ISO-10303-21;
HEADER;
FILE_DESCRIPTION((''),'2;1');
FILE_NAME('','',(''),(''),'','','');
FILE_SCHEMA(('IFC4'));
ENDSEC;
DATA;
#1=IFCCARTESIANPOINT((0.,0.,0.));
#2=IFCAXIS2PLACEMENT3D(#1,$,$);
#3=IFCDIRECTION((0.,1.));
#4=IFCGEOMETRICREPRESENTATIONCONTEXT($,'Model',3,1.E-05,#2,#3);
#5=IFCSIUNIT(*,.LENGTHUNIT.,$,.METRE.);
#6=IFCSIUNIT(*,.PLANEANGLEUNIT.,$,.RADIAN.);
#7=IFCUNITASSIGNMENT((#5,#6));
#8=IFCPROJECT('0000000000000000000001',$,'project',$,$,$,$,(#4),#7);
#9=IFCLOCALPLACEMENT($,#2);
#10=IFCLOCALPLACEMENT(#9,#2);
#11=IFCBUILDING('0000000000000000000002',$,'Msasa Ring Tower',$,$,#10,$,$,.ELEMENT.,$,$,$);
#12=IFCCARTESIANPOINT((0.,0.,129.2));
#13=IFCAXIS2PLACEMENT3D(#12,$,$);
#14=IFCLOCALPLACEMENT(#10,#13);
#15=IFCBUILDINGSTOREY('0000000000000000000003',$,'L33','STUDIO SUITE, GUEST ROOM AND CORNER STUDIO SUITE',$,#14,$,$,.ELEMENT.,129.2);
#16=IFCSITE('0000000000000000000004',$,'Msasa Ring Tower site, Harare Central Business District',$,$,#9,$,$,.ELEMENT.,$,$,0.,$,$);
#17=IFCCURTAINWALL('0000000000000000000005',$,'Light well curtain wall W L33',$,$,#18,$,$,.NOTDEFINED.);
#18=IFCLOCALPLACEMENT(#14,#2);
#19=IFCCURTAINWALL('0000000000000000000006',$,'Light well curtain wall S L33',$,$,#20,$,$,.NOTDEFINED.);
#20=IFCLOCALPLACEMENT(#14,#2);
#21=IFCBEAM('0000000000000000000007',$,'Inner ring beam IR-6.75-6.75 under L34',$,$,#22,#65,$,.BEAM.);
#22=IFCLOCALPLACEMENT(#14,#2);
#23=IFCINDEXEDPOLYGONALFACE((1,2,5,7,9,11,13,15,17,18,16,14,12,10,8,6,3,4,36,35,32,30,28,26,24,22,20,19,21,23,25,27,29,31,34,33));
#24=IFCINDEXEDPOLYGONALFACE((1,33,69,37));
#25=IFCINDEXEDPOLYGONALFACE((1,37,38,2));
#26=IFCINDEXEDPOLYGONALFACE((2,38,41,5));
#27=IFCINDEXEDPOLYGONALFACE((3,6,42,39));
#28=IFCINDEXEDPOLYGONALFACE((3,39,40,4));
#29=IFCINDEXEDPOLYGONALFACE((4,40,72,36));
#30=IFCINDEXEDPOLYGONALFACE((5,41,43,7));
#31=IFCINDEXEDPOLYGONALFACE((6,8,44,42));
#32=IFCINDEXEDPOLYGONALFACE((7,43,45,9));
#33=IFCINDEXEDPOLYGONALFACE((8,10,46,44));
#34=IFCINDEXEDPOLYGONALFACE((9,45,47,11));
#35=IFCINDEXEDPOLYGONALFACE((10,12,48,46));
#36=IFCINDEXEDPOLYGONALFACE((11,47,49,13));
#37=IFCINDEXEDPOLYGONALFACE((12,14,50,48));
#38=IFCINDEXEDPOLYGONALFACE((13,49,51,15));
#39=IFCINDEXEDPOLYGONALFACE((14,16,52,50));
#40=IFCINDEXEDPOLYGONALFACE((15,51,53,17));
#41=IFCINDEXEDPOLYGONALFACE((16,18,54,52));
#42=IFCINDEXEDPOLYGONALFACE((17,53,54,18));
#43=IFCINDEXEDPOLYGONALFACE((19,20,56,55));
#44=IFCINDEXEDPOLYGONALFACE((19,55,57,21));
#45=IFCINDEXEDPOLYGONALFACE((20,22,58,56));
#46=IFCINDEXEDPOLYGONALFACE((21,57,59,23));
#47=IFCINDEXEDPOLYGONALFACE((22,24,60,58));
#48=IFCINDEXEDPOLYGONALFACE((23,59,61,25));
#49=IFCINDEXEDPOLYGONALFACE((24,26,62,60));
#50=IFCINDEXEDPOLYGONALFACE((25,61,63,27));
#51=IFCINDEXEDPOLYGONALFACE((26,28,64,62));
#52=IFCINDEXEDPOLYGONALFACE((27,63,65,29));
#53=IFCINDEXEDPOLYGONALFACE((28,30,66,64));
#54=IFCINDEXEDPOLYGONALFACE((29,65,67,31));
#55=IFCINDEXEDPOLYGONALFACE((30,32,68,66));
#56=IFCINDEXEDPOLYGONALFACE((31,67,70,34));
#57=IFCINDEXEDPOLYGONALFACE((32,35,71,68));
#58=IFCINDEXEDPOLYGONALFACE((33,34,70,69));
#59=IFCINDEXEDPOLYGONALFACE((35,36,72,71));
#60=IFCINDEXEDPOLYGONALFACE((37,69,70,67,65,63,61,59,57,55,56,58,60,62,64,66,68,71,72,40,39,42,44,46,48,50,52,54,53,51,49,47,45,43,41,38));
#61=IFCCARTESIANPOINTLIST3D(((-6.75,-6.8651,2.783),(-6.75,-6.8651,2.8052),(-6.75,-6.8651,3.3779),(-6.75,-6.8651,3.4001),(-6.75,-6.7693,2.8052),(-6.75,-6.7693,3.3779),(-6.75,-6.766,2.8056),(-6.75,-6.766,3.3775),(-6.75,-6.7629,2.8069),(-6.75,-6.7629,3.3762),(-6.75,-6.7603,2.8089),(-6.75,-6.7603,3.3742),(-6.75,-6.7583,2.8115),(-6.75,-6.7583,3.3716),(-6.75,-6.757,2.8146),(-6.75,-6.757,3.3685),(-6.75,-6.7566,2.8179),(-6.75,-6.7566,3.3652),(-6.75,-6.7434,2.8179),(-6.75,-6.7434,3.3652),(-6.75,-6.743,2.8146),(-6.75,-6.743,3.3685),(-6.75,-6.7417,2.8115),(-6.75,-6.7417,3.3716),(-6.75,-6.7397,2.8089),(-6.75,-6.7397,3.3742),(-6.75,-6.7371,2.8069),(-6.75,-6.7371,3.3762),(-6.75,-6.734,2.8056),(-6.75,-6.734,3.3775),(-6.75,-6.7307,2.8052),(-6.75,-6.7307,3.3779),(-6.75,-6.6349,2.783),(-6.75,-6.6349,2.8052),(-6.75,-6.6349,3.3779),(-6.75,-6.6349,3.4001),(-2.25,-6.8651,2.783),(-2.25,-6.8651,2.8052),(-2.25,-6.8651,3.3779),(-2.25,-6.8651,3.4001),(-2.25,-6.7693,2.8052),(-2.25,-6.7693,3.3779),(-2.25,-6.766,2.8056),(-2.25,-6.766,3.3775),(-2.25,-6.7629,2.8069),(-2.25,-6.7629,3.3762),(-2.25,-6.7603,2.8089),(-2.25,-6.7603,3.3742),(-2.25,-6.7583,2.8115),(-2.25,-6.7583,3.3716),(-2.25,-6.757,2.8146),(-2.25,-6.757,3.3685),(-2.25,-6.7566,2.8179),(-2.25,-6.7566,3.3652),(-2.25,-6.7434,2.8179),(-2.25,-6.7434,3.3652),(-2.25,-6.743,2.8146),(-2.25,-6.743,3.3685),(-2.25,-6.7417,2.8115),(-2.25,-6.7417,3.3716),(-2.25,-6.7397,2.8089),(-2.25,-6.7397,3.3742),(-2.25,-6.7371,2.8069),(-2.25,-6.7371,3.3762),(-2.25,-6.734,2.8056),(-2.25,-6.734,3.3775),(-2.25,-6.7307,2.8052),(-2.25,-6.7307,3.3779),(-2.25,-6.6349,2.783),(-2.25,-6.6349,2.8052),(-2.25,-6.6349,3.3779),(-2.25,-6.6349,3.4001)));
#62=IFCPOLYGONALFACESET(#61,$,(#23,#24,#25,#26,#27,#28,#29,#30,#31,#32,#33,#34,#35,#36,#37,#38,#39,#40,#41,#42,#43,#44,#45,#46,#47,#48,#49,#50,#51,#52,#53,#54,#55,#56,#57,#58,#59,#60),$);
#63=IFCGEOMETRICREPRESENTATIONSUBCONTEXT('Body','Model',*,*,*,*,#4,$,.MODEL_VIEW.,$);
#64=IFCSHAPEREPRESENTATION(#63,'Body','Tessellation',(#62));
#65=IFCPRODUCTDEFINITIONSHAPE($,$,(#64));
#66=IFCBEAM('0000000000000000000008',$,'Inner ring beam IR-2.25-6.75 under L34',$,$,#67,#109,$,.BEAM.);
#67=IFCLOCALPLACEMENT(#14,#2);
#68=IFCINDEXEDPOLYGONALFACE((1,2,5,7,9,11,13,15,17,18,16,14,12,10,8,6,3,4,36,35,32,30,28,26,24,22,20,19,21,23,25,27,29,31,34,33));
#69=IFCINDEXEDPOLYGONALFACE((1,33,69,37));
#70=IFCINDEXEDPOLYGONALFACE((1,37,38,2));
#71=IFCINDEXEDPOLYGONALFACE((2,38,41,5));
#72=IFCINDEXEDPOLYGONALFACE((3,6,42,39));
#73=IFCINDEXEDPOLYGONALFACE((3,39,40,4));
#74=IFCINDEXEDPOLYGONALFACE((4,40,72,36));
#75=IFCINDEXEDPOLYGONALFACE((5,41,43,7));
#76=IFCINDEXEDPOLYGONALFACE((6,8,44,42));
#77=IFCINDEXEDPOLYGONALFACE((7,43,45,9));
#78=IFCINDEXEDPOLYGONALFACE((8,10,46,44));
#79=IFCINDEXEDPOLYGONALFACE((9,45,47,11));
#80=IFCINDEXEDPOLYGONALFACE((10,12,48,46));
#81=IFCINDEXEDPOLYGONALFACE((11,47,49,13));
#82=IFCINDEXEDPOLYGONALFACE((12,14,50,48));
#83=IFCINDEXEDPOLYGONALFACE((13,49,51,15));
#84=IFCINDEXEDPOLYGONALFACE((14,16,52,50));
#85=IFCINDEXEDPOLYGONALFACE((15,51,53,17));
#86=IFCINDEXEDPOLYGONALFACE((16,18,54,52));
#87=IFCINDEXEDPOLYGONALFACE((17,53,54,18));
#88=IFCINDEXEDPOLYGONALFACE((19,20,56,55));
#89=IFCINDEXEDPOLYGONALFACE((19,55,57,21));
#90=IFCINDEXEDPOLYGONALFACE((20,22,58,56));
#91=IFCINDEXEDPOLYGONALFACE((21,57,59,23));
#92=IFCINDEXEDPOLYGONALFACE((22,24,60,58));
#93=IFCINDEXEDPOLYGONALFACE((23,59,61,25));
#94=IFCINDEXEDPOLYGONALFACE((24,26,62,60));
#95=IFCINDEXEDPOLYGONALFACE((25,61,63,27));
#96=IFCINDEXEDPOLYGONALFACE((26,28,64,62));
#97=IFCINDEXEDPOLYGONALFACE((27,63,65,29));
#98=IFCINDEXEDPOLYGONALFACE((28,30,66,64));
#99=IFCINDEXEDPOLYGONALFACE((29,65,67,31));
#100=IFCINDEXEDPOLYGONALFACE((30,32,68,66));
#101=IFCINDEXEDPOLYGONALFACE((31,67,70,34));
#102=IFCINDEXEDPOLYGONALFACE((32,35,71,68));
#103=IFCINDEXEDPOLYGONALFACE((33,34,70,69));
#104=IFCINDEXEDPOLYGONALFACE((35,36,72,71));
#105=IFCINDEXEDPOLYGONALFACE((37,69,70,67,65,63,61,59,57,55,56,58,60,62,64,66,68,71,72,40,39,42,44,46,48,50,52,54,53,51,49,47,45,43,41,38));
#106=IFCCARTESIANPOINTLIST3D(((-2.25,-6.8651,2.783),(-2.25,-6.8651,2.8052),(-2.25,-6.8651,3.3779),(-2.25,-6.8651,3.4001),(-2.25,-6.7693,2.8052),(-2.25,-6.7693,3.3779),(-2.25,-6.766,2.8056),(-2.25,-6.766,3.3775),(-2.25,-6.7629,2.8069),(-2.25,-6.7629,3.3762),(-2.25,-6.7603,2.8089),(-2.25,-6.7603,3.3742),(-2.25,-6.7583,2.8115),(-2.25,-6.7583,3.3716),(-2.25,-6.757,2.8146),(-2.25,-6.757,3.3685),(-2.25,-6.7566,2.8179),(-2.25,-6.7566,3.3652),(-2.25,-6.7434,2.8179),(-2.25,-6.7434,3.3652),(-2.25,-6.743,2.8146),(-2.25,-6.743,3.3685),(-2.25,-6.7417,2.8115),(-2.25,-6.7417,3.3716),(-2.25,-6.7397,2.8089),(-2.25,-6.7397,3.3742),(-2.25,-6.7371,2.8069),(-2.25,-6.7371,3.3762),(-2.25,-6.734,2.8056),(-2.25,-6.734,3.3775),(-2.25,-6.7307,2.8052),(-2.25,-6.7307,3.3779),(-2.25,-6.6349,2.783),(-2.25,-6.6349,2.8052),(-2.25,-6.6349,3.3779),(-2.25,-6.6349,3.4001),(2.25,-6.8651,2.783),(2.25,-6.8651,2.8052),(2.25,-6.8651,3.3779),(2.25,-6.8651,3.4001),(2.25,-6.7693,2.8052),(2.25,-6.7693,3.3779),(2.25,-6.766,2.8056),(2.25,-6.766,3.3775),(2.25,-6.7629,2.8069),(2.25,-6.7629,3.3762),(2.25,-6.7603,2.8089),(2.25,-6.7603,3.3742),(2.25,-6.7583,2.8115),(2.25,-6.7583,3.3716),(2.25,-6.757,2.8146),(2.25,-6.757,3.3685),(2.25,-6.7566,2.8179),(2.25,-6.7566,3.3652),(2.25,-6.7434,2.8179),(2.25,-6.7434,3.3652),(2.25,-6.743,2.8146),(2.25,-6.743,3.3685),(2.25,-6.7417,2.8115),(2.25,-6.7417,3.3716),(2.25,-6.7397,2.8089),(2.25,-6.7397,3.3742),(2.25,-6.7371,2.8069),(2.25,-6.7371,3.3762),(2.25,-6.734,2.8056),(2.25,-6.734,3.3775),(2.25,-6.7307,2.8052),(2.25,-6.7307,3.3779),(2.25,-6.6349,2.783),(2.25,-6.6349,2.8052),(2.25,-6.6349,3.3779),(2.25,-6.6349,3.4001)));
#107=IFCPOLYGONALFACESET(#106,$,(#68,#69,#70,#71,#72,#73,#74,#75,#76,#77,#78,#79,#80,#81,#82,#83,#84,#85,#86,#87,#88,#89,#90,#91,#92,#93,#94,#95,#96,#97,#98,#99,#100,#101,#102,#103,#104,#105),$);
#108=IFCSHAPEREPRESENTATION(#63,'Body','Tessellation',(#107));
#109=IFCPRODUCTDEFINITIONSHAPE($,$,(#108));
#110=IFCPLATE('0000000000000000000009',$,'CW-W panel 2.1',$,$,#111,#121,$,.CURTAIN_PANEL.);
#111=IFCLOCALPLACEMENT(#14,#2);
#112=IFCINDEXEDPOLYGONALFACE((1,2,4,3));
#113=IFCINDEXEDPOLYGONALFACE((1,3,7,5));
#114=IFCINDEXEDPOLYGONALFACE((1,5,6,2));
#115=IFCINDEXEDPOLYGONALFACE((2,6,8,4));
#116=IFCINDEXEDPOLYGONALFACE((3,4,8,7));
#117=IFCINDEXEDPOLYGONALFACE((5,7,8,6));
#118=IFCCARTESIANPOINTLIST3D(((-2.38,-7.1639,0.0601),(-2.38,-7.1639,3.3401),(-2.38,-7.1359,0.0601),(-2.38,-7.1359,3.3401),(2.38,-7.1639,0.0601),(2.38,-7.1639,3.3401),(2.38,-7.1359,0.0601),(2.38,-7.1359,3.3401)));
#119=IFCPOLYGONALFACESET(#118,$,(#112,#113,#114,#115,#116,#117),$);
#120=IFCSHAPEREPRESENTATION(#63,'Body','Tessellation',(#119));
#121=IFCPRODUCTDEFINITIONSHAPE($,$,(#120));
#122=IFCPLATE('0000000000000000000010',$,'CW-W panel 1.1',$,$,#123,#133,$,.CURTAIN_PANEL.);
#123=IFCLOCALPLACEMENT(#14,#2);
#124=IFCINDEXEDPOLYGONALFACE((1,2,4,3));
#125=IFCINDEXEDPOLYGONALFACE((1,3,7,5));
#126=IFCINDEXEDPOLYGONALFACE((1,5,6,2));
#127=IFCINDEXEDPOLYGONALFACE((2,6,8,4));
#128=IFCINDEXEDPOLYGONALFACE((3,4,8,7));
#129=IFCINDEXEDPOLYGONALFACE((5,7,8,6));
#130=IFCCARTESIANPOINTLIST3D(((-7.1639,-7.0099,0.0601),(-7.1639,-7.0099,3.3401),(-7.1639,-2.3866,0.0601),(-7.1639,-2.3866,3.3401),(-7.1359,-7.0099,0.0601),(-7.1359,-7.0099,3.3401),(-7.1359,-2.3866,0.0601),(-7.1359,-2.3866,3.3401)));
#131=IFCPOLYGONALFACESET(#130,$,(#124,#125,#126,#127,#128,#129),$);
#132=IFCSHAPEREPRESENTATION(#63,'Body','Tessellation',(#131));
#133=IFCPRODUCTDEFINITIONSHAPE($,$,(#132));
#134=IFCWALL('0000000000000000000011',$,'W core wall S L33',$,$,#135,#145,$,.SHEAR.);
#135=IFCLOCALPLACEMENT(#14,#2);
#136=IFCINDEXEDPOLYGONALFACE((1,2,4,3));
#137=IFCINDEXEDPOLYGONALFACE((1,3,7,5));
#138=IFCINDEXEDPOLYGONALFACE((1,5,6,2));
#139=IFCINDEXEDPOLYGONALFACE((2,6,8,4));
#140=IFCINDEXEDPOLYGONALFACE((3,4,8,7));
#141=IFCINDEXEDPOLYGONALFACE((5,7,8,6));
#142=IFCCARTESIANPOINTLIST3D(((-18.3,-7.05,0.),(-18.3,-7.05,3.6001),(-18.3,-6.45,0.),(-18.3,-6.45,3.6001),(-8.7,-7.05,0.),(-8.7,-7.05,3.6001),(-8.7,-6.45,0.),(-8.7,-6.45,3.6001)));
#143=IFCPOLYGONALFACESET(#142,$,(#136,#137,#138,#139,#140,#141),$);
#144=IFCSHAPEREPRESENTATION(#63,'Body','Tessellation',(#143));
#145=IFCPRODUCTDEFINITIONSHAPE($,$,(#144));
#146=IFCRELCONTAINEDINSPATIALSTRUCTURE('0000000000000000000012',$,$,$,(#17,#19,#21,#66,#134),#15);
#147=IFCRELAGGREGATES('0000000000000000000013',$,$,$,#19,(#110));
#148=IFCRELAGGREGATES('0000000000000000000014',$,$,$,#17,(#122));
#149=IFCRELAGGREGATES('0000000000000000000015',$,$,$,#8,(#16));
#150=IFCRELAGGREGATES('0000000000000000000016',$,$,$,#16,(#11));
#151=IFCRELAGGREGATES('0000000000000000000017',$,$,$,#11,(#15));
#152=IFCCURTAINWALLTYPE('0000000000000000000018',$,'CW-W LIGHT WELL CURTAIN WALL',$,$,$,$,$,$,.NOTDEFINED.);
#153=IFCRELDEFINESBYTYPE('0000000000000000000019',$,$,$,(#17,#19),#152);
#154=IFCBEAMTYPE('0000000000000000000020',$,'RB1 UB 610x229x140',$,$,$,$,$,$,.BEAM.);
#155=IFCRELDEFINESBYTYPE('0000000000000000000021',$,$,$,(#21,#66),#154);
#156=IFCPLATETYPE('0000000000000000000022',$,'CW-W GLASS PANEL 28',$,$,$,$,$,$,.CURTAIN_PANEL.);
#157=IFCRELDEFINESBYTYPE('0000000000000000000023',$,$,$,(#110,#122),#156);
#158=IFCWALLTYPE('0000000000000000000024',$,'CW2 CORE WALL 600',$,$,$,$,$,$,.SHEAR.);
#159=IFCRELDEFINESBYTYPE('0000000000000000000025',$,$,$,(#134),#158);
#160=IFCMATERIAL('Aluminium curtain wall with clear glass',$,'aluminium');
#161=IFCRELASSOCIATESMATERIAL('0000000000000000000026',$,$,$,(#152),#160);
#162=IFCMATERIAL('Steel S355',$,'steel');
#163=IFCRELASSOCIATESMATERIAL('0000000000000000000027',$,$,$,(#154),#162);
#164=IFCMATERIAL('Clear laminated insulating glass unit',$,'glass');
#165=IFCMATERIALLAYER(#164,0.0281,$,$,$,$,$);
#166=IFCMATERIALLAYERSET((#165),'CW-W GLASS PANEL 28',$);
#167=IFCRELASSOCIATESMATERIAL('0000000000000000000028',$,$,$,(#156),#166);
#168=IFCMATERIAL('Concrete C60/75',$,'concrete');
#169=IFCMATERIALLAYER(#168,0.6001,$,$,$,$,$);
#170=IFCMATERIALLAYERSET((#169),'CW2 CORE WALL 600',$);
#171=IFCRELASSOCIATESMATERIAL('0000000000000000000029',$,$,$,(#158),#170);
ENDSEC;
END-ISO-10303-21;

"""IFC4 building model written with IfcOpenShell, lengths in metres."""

from ifc_helpers import new_model, si_unit, direction, frame, frame_2d, origin, origin_2d, place, context, subcontext, project, spatial, rectangle, i_section, extrude, material, layer, layer_set, material_profile, profile_set, type_object, element, aggregate, save


model = new_model("IFC4")

# Units and contexts
model_context = context("Model", 3, precision=1e-05, world=origin(), true_north=direction((0.0, 1.0)))
body_context = subcontext(model_context, "Body", "Model", "MODEL_VIEW")
ifc_project = project(units=[si_unit("LENGTHUNIT", "METRE"), si_unit("PLANEANGLEUNIT", "RADIAN")], contexts=[model_context])

# Site, building, storey
site_placement = place(None, origin())
site = spatial("IfcSite", under=ifc_project, at=site_placement, Name="Msasa Ring Tower site, Harare Central Business District", CompositionType="ELEMENT", RefElevation=0.0)
building_placement = place(site_placement, origin())
building = spatial("IfcBuilding", under=site, at=building_placement, Name="Msasa Ring Tower", CompositionType="ELEMENT")
storey_placement = place(building_placement, frame((0.0, 0.0, 129.2)))
storey = spatial("IfcBuildingStorey", under=building, at=storey_placement, Name="L33", Description="STUDIO SUITE, GUEST ROOM AND CORNER STUDIO SUITE", CompositionType="ELEMENT", Elevation=129.2)

# Curtain wall
ifc_material_1 = material(Name="Aluminium curtain wall with clear glass", Category="aluminium")
curtain_wall_type = type_object("IfcCurtainWallType", Name="CW-W LIGHT WELL CURTAIN WALL", PredefinedType="NOTDEFINED", material=ifc_material_1)
curtain_wall_1_placement = place(storey_placement, origin())
curtain_wall_1 = element("IfcCurtainWall", 1, at=curtain_wall_1_placement, inside=storey, type_object=curtain_wall_type, Name="Light well curtain wall W L33", PredefinedType="NOTDEFINED")

# Curtain wall
curtain_wall_2_placement = place(storey_placement, origin())
curtain_wall_2 = element("IfcCurtainWall", 2, at=curtain_wall_2_placement, inside=storey, type_object=curtain_wall_type, Name="Light well curtain wall S L33", PredefinedType="NOTDEFINED")

# Beams
ifc_material_2 = material(Name="Steel S355", Category="steel")
ifc_material_profile_1 = material_profile(ifc_material_2, i_section(OverallWidth=0.2302, OverallDepth=0.6172, WebThickness=0.0132, FlangeThickness=0.0222, FilletRadius=0.0127, at=origin_2d()), Name="UB 610x229x140")
ifc_profile_set_1 = profile_set([ifc_material_profile_1], Name="Steel S355")
beam_type = type_object("IfcBeamType", Name="RB1 UB 610x229x140", PredefinedType="BEAM", material=ifc_profile_set_1)
for number, where, z_axis, x_axis, name in (
    (3, (-6.75, -6.75, 3.0916), (1.0, 0.0, 0.0), (0.0, 1.0, 0.0), "Inner ring beam IR-6.75-6.75 under L34"),
    (4, (-2.25, -6.75, 3.0916), (1.0, 0.0, 0.0), (0.0, 1.0, 0.0), "Inner ring beam IR-2.25-6.75 under L34"),
):
    element("IfcBeam", number, at=place(storey_placement, frame(where, z_axis=z_axis, x_axis=x_axis)), inside=storey, type_object=beam_type, Name=name, PredefinedType="BEAM", context=body_context, shape_type="SweptSolid", body=[
        extrude(i_section(OverallWidth=0.2302, OverallDepth=0.6172, WebThickness=0.0132, FlangeThickness=0.0222, FilletRadius=0.0127, at=origin_2d()), origin(), (0.0, 0.0, 1.0), 4.5),
    ])

# Plates
ifc_material_3 = material(Name="Clear laminated insulating glass unit", Category="glass")
ifc_layer_1 = layer(ifc_material_3, 0.0281)
ifc_layer_set_1 = layer_set([ifc_layer_1], Name="CW-W GLASS PANEL 28")
plate_type = type_object("IfcPlateType", Name="CW-W GLASS PANEL 28", PredefinedType="CURTAIN_PANEL", material=ifc_layer_set_1)
plate_1_placement = place(storey_placement, frame((0.0, -7.1499, 0.0601), z_axis=(0.0, 0.0, 1.0), x_axis=(1.0, 0.0, 0.0)))
plate_1 = element("IfcPlate", 5, at=plate_1_placement, type_object=plate_type, Name="CW-W panel 2.1", PredefinedType="CURTAIN_PANEL", context=body_context, shape_type="SweptSolid", body=[
    extrude(rectangle(XDim=4.76, YDim=0.0281, at=origin_2d()), origin(), (0.0, 0.0, 1.0), 3.28),
])
aggregate(curtain_wall_2, [plate_1])
plate_2_placement = place(storey_placement, frame((-7.1499, -4.6982, 0.0601), z_axis=(0.0, 0.0, 1.0), x_axis=(0.0, 1.0, 0.0)))
plate_2 = element("IfcPlate", 6, at=plate_2_placement, type_object=plate_type, Name="CW-W panel 1.1", PredefinedType="CURTAIN_PANEL", context=body_context, shape_type="SweptSolid", body=[
    extrude(rectangle(XDim=4.6233, YDim=0.0281, at=origin_2d()), origin(), (0.0, 0.0, 1.0), 3.28),
])
aggregate(curtain_wall_1, [plate_2])

# Wall
ifc_material_4 = material(Name="Concrete C60/75", Category="concrete")
ifc_layer_2 = layer(ifc_material_4, 0.6001)
ifc_layer_set_2 = layer_set([ifc_layer_2], Name="CW2 CORE WALL 600")
wall_type_1 = type_object("IfcWallType", Name="CW2 CORE WALL 600", PredefinedType="SHEAR", material=ifc_layer_set_2)
wall_1_placement = place(storey_placement, frame((-8.7, -6.75, 0.0), z_axis=(0.0, 0.0, 1.0), x_axis=(-1.0, 0.0, 0.0)))
element("IfcWall", 7, at=wall_1_placement, inside=storey, type_object=wall_type_1, Name="W core wall S L33", PredefinedType="SHEAR", context=body_context, shape_type="SweptSolid", body=[
    extrude(rectangle(XDim=9.6001, YDim=0.6001, at=frame_2d((4.8, 0.0))), origin(), (0.0, 0.0, 1.0), 3.6001),
])

save(model, "model.ifc")
